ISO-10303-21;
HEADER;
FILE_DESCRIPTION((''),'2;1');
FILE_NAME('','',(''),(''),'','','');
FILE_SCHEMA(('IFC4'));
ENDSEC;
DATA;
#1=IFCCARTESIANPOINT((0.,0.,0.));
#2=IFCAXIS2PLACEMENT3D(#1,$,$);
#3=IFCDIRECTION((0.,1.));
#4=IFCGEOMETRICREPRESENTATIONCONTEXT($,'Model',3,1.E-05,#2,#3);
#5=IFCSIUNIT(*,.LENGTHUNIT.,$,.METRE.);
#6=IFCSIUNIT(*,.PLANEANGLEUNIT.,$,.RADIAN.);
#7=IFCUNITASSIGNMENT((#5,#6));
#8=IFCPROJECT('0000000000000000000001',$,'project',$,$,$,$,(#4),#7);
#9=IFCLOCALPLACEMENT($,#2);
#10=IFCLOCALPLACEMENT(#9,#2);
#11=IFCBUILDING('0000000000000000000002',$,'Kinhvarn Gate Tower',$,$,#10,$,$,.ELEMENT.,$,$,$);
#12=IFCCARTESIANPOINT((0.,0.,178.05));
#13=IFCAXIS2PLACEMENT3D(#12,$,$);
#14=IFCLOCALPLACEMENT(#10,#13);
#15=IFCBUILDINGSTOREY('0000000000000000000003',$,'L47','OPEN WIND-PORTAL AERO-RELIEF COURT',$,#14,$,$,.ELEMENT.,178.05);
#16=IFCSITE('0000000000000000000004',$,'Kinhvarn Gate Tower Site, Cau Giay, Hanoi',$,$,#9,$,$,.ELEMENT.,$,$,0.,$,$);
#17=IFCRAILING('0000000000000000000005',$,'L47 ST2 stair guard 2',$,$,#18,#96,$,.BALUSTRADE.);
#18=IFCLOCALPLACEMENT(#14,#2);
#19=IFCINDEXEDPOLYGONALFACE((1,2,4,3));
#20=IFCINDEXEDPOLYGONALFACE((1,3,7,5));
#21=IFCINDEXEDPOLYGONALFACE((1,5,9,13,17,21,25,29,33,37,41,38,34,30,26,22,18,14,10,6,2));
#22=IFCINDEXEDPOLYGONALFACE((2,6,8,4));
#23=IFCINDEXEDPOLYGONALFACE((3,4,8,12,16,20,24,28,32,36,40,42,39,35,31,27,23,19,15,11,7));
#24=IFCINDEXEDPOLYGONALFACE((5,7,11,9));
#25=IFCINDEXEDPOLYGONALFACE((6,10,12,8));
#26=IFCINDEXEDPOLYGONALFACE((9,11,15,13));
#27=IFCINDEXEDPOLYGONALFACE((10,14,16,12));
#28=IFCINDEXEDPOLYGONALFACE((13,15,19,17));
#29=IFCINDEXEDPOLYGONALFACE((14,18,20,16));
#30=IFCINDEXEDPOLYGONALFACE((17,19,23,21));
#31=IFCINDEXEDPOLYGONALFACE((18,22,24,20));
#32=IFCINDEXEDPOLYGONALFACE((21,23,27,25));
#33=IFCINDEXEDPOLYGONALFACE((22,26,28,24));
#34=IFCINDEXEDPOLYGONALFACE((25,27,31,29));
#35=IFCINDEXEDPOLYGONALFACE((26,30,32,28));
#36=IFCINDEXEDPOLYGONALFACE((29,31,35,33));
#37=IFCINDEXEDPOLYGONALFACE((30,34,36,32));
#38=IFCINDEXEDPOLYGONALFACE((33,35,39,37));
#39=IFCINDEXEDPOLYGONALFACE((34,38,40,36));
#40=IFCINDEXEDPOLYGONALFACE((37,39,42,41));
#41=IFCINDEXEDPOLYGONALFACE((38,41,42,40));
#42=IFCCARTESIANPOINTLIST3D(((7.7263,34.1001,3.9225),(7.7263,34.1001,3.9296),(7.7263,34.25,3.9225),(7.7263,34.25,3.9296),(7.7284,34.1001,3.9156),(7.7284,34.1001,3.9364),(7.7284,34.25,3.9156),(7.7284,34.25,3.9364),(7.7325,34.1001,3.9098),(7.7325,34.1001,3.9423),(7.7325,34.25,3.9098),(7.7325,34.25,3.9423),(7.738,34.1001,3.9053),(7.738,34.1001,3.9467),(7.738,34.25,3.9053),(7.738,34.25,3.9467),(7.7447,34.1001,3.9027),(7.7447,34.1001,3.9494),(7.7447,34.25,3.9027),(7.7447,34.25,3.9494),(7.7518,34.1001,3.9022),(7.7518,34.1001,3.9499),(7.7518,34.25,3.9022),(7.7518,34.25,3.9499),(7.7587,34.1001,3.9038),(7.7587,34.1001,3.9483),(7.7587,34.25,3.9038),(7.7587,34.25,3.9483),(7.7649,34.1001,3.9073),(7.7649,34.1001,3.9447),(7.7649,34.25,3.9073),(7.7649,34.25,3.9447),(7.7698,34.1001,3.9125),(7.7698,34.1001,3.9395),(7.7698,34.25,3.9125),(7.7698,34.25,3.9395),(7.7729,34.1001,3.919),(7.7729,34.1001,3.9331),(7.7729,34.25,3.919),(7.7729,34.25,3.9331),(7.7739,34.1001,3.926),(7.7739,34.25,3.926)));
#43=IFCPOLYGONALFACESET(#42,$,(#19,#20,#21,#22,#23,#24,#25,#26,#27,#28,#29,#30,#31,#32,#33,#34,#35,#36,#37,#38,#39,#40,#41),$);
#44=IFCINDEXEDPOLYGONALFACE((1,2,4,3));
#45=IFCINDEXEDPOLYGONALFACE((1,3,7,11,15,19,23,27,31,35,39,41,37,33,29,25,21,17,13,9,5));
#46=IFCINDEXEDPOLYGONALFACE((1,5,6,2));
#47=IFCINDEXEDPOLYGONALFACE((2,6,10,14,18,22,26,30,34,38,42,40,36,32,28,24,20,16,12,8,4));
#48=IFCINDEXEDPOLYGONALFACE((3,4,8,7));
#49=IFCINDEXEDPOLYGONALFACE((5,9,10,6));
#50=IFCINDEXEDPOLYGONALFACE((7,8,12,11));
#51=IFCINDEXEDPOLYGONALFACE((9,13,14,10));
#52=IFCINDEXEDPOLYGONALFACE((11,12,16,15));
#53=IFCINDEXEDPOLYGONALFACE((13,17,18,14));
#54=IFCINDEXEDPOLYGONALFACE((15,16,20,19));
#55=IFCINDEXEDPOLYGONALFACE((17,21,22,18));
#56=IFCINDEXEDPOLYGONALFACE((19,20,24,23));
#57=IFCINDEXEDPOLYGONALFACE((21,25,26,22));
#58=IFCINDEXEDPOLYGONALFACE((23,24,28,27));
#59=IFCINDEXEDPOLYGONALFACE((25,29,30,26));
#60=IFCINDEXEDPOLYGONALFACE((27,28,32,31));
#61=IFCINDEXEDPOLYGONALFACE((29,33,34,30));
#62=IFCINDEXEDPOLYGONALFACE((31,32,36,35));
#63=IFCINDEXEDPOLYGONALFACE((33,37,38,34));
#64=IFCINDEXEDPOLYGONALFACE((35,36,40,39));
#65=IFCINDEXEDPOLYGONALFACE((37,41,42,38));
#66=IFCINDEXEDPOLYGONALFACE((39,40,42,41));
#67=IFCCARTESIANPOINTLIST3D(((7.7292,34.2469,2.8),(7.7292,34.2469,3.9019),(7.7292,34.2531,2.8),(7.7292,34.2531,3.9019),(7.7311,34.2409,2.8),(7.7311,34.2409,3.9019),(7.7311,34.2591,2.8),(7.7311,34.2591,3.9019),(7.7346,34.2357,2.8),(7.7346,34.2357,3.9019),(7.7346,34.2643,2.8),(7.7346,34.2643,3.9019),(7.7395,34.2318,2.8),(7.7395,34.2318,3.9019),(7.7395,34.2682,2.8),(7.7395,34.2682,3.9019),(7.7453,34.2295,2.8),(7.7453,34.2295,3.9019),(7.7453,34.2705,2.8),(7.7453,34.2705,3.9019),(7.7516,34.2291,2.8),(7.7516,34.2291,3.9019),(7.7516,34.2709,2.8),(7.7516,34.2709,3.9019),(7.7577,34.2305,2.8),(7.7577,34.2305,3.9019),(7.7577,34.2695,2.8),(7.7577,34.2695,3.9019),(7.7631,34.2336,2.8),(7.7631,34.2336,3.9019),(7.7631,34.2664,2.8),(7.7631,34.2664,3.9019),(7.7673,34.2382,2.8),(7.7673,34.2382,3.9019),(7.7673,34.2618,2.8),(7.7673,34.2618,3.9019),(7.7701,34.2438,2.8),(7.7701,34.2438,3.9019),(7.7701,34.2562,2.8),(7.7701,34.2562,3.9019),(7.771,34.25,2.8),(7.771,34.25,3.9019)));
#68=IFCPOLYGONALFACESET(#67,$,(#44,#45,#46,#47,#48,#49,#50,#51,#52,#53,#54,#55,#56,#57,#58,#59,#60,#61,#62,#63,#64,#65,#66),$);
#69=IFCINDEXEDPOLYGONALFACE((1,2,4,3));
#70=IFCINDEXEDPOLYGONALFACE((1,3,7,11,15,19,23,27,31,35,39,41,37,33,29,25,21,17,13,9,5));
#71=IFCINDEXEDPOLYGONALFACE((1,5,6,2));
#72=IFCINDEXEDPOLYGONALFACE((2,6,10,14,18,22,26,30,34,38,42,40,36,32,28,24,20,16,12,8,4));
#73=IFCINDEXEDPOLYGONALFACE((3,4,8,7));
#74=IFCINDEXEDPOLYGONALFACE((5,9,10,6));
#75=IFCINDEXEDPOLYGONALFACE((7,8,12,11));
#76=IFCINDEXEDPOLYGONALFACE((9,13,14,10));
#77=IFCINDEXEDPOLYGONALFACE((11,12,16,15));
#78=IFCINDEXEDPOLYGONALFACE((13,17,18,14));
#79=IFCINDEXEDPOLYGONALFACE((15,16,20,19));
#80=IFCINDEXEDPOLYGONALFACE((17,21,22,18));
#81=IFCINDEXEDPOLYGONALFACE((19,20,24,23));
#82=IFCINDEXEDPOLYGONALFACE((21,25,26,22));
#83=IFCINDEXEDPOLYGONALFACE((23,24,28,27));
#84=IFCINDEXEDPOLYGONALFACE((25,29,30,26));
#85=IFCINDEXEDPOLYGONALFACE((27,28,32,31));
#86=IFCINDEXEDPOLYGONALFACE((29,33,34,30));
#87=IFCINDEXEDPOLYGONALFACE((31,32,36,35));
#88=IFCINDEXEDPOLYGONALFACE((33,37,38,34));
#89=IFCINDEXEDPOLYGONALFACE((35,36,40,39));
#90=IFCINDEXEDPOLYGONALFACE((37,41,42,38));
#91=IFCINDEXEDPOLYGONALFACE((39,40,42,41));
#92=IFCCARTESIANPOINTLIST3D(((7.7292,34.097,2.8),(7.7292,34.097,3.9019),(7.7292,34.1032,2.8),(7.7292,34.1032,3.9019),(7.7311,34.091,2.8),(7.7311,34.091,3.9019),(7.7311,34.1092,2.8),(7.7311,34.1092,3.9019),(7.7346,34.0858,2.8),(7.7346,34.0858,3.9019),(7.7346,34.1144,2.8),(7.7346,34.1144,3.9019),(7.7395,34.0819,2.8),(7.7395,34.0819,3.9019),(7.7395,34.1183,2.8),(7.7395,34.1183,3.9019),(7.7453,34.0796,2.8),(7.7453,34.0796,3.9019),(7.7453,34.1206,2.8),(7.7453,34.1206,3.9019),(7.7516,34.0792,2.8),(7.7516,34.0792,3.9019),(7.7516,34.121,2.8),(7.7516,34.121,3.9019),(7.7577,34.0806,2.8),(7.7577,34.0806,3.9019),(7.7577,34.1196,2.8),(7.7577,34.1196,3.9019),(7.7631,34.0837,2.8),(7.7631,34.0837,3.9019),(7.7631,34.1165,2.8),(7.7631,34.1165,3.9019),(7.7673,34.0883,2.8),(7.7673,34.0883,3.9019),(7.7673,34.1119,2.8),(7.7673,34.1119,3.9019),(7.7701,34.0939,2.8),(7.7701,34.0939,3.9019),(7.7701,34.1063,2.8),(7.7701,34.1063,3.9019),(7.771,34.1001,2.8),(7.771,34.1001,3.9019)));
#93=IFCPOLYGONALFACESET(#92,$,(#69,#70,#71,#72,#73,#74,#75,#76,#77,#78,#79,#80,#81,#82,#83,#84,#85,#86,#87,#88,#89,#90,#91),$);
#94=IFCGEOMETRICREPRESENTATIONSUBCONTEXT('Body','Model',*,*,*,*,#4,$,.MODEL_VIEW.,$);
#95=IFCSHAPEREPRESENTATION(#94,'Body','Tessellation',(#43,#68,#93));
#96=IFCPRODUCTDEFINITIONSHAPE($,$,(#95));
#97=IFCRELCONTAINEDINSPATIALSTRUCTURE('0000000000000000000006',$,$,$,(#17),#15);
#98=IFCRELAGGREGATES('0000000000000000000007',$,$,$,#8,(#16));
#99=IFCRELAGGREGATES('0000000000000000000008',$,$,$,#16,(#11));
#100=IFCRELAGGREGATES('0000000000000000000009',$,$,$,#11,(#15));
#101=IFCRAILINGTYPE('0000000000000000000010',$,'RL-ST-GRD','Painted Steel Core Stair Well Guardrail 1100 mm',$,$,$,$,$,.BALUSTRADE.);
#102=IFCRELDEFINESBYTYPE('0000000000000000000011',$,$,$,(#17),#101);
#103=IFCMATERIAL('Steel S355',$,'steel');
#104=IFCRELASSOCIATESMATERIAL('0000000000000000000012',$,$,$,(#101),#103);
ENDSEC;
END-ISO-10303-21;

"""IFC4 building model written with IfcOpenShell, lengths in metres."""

from ifc_helpers import new_model, si_unit, direction, frame, origin, origin_2d, place, context, subcontext, project, spatial, circle, extrude, material, type_object, element, save


model = new_model("IFC4")

# Units and contexts
model_context = context("Model", 3, precision=1e-05, world=origin(), true_north=direction((0.0, 1.0)))
body_context = subcontext(model_context, "Body", "Model", "MODEL_VIEW")
ifc_project = project(units=[si_unit("LENGTHUNIT", "METRE"), si_unit("PLANEANGLEUNIT", "RADIAN")], contexts=[model_context])

# Site, building, storey
site_placement = place(None, origin())
site = spatial("IfcSite", under=ifc_project, at=site_placement, Name="Kinhvarn Gate Tower Site, Cau Giay, Hanoi", CompositionType="ELEMENT", RefElevation=0.0)
building_placement = place(site_placement, origin())
building = spatial("IfcBuilding", under=site, at=building_placement, Name="Kinhvarn Gate Tower", CompositionType="ELEMENT")
storey_placement = place(building_placement, frame((0.0, 0.0, 178.05)))
storey = spatial("IfcBuildingStorey", under=building, at=storey_placement, Name="L47", Description="OPEN WIND-PORTAL AERO-RELIEF COURT", CompositionType="ELEMENT", Elevation=178.05)

# Shared definitions
ifc_material_1 = material(Name="Steel S355", Category="steel")

# Railing
railing_type_1 = type_object("IfcRailingType", Name="RL-ST-GRD", Description="Painted Steel Core Stair Well Guardrail 1100 mm", PredefinedType="BALUSTRADE", material=ifc_material_1)
railing_1_placement = place(storey_placement, frame((7.75, 34.25, 2.8)))
element("IfcRailing", 1, at=railing_1_placement, inside=storey, type_object=railing_type_1, Name="L47 ST2 stair guard 2", PredefinedType="BALUSTRADE", context=body_context, shape_type="SweptSolid", body=[
    extrude(circle(Radius=0.0239, at=origin_2d()), frame((0.0, 0.0, 1.126), z_axis=(0.0, -1.0, 0.0), x_axis=(1.0, 0.0, 0.0)), (0.0, 0.0, 1.0), 0.1499),
    extrude(circle(Radius=0.021, at=origin_2d()), origin(), (0.0, 0.0, 1.0), 1.1018),
    extrude(circle(Radius=0.021, at=origin_2d()), frame((0.0, -0.1499, 0.0)), (0.0, 0.0, 1.0), 1.1018),
])

save(model, "model.ifc")
